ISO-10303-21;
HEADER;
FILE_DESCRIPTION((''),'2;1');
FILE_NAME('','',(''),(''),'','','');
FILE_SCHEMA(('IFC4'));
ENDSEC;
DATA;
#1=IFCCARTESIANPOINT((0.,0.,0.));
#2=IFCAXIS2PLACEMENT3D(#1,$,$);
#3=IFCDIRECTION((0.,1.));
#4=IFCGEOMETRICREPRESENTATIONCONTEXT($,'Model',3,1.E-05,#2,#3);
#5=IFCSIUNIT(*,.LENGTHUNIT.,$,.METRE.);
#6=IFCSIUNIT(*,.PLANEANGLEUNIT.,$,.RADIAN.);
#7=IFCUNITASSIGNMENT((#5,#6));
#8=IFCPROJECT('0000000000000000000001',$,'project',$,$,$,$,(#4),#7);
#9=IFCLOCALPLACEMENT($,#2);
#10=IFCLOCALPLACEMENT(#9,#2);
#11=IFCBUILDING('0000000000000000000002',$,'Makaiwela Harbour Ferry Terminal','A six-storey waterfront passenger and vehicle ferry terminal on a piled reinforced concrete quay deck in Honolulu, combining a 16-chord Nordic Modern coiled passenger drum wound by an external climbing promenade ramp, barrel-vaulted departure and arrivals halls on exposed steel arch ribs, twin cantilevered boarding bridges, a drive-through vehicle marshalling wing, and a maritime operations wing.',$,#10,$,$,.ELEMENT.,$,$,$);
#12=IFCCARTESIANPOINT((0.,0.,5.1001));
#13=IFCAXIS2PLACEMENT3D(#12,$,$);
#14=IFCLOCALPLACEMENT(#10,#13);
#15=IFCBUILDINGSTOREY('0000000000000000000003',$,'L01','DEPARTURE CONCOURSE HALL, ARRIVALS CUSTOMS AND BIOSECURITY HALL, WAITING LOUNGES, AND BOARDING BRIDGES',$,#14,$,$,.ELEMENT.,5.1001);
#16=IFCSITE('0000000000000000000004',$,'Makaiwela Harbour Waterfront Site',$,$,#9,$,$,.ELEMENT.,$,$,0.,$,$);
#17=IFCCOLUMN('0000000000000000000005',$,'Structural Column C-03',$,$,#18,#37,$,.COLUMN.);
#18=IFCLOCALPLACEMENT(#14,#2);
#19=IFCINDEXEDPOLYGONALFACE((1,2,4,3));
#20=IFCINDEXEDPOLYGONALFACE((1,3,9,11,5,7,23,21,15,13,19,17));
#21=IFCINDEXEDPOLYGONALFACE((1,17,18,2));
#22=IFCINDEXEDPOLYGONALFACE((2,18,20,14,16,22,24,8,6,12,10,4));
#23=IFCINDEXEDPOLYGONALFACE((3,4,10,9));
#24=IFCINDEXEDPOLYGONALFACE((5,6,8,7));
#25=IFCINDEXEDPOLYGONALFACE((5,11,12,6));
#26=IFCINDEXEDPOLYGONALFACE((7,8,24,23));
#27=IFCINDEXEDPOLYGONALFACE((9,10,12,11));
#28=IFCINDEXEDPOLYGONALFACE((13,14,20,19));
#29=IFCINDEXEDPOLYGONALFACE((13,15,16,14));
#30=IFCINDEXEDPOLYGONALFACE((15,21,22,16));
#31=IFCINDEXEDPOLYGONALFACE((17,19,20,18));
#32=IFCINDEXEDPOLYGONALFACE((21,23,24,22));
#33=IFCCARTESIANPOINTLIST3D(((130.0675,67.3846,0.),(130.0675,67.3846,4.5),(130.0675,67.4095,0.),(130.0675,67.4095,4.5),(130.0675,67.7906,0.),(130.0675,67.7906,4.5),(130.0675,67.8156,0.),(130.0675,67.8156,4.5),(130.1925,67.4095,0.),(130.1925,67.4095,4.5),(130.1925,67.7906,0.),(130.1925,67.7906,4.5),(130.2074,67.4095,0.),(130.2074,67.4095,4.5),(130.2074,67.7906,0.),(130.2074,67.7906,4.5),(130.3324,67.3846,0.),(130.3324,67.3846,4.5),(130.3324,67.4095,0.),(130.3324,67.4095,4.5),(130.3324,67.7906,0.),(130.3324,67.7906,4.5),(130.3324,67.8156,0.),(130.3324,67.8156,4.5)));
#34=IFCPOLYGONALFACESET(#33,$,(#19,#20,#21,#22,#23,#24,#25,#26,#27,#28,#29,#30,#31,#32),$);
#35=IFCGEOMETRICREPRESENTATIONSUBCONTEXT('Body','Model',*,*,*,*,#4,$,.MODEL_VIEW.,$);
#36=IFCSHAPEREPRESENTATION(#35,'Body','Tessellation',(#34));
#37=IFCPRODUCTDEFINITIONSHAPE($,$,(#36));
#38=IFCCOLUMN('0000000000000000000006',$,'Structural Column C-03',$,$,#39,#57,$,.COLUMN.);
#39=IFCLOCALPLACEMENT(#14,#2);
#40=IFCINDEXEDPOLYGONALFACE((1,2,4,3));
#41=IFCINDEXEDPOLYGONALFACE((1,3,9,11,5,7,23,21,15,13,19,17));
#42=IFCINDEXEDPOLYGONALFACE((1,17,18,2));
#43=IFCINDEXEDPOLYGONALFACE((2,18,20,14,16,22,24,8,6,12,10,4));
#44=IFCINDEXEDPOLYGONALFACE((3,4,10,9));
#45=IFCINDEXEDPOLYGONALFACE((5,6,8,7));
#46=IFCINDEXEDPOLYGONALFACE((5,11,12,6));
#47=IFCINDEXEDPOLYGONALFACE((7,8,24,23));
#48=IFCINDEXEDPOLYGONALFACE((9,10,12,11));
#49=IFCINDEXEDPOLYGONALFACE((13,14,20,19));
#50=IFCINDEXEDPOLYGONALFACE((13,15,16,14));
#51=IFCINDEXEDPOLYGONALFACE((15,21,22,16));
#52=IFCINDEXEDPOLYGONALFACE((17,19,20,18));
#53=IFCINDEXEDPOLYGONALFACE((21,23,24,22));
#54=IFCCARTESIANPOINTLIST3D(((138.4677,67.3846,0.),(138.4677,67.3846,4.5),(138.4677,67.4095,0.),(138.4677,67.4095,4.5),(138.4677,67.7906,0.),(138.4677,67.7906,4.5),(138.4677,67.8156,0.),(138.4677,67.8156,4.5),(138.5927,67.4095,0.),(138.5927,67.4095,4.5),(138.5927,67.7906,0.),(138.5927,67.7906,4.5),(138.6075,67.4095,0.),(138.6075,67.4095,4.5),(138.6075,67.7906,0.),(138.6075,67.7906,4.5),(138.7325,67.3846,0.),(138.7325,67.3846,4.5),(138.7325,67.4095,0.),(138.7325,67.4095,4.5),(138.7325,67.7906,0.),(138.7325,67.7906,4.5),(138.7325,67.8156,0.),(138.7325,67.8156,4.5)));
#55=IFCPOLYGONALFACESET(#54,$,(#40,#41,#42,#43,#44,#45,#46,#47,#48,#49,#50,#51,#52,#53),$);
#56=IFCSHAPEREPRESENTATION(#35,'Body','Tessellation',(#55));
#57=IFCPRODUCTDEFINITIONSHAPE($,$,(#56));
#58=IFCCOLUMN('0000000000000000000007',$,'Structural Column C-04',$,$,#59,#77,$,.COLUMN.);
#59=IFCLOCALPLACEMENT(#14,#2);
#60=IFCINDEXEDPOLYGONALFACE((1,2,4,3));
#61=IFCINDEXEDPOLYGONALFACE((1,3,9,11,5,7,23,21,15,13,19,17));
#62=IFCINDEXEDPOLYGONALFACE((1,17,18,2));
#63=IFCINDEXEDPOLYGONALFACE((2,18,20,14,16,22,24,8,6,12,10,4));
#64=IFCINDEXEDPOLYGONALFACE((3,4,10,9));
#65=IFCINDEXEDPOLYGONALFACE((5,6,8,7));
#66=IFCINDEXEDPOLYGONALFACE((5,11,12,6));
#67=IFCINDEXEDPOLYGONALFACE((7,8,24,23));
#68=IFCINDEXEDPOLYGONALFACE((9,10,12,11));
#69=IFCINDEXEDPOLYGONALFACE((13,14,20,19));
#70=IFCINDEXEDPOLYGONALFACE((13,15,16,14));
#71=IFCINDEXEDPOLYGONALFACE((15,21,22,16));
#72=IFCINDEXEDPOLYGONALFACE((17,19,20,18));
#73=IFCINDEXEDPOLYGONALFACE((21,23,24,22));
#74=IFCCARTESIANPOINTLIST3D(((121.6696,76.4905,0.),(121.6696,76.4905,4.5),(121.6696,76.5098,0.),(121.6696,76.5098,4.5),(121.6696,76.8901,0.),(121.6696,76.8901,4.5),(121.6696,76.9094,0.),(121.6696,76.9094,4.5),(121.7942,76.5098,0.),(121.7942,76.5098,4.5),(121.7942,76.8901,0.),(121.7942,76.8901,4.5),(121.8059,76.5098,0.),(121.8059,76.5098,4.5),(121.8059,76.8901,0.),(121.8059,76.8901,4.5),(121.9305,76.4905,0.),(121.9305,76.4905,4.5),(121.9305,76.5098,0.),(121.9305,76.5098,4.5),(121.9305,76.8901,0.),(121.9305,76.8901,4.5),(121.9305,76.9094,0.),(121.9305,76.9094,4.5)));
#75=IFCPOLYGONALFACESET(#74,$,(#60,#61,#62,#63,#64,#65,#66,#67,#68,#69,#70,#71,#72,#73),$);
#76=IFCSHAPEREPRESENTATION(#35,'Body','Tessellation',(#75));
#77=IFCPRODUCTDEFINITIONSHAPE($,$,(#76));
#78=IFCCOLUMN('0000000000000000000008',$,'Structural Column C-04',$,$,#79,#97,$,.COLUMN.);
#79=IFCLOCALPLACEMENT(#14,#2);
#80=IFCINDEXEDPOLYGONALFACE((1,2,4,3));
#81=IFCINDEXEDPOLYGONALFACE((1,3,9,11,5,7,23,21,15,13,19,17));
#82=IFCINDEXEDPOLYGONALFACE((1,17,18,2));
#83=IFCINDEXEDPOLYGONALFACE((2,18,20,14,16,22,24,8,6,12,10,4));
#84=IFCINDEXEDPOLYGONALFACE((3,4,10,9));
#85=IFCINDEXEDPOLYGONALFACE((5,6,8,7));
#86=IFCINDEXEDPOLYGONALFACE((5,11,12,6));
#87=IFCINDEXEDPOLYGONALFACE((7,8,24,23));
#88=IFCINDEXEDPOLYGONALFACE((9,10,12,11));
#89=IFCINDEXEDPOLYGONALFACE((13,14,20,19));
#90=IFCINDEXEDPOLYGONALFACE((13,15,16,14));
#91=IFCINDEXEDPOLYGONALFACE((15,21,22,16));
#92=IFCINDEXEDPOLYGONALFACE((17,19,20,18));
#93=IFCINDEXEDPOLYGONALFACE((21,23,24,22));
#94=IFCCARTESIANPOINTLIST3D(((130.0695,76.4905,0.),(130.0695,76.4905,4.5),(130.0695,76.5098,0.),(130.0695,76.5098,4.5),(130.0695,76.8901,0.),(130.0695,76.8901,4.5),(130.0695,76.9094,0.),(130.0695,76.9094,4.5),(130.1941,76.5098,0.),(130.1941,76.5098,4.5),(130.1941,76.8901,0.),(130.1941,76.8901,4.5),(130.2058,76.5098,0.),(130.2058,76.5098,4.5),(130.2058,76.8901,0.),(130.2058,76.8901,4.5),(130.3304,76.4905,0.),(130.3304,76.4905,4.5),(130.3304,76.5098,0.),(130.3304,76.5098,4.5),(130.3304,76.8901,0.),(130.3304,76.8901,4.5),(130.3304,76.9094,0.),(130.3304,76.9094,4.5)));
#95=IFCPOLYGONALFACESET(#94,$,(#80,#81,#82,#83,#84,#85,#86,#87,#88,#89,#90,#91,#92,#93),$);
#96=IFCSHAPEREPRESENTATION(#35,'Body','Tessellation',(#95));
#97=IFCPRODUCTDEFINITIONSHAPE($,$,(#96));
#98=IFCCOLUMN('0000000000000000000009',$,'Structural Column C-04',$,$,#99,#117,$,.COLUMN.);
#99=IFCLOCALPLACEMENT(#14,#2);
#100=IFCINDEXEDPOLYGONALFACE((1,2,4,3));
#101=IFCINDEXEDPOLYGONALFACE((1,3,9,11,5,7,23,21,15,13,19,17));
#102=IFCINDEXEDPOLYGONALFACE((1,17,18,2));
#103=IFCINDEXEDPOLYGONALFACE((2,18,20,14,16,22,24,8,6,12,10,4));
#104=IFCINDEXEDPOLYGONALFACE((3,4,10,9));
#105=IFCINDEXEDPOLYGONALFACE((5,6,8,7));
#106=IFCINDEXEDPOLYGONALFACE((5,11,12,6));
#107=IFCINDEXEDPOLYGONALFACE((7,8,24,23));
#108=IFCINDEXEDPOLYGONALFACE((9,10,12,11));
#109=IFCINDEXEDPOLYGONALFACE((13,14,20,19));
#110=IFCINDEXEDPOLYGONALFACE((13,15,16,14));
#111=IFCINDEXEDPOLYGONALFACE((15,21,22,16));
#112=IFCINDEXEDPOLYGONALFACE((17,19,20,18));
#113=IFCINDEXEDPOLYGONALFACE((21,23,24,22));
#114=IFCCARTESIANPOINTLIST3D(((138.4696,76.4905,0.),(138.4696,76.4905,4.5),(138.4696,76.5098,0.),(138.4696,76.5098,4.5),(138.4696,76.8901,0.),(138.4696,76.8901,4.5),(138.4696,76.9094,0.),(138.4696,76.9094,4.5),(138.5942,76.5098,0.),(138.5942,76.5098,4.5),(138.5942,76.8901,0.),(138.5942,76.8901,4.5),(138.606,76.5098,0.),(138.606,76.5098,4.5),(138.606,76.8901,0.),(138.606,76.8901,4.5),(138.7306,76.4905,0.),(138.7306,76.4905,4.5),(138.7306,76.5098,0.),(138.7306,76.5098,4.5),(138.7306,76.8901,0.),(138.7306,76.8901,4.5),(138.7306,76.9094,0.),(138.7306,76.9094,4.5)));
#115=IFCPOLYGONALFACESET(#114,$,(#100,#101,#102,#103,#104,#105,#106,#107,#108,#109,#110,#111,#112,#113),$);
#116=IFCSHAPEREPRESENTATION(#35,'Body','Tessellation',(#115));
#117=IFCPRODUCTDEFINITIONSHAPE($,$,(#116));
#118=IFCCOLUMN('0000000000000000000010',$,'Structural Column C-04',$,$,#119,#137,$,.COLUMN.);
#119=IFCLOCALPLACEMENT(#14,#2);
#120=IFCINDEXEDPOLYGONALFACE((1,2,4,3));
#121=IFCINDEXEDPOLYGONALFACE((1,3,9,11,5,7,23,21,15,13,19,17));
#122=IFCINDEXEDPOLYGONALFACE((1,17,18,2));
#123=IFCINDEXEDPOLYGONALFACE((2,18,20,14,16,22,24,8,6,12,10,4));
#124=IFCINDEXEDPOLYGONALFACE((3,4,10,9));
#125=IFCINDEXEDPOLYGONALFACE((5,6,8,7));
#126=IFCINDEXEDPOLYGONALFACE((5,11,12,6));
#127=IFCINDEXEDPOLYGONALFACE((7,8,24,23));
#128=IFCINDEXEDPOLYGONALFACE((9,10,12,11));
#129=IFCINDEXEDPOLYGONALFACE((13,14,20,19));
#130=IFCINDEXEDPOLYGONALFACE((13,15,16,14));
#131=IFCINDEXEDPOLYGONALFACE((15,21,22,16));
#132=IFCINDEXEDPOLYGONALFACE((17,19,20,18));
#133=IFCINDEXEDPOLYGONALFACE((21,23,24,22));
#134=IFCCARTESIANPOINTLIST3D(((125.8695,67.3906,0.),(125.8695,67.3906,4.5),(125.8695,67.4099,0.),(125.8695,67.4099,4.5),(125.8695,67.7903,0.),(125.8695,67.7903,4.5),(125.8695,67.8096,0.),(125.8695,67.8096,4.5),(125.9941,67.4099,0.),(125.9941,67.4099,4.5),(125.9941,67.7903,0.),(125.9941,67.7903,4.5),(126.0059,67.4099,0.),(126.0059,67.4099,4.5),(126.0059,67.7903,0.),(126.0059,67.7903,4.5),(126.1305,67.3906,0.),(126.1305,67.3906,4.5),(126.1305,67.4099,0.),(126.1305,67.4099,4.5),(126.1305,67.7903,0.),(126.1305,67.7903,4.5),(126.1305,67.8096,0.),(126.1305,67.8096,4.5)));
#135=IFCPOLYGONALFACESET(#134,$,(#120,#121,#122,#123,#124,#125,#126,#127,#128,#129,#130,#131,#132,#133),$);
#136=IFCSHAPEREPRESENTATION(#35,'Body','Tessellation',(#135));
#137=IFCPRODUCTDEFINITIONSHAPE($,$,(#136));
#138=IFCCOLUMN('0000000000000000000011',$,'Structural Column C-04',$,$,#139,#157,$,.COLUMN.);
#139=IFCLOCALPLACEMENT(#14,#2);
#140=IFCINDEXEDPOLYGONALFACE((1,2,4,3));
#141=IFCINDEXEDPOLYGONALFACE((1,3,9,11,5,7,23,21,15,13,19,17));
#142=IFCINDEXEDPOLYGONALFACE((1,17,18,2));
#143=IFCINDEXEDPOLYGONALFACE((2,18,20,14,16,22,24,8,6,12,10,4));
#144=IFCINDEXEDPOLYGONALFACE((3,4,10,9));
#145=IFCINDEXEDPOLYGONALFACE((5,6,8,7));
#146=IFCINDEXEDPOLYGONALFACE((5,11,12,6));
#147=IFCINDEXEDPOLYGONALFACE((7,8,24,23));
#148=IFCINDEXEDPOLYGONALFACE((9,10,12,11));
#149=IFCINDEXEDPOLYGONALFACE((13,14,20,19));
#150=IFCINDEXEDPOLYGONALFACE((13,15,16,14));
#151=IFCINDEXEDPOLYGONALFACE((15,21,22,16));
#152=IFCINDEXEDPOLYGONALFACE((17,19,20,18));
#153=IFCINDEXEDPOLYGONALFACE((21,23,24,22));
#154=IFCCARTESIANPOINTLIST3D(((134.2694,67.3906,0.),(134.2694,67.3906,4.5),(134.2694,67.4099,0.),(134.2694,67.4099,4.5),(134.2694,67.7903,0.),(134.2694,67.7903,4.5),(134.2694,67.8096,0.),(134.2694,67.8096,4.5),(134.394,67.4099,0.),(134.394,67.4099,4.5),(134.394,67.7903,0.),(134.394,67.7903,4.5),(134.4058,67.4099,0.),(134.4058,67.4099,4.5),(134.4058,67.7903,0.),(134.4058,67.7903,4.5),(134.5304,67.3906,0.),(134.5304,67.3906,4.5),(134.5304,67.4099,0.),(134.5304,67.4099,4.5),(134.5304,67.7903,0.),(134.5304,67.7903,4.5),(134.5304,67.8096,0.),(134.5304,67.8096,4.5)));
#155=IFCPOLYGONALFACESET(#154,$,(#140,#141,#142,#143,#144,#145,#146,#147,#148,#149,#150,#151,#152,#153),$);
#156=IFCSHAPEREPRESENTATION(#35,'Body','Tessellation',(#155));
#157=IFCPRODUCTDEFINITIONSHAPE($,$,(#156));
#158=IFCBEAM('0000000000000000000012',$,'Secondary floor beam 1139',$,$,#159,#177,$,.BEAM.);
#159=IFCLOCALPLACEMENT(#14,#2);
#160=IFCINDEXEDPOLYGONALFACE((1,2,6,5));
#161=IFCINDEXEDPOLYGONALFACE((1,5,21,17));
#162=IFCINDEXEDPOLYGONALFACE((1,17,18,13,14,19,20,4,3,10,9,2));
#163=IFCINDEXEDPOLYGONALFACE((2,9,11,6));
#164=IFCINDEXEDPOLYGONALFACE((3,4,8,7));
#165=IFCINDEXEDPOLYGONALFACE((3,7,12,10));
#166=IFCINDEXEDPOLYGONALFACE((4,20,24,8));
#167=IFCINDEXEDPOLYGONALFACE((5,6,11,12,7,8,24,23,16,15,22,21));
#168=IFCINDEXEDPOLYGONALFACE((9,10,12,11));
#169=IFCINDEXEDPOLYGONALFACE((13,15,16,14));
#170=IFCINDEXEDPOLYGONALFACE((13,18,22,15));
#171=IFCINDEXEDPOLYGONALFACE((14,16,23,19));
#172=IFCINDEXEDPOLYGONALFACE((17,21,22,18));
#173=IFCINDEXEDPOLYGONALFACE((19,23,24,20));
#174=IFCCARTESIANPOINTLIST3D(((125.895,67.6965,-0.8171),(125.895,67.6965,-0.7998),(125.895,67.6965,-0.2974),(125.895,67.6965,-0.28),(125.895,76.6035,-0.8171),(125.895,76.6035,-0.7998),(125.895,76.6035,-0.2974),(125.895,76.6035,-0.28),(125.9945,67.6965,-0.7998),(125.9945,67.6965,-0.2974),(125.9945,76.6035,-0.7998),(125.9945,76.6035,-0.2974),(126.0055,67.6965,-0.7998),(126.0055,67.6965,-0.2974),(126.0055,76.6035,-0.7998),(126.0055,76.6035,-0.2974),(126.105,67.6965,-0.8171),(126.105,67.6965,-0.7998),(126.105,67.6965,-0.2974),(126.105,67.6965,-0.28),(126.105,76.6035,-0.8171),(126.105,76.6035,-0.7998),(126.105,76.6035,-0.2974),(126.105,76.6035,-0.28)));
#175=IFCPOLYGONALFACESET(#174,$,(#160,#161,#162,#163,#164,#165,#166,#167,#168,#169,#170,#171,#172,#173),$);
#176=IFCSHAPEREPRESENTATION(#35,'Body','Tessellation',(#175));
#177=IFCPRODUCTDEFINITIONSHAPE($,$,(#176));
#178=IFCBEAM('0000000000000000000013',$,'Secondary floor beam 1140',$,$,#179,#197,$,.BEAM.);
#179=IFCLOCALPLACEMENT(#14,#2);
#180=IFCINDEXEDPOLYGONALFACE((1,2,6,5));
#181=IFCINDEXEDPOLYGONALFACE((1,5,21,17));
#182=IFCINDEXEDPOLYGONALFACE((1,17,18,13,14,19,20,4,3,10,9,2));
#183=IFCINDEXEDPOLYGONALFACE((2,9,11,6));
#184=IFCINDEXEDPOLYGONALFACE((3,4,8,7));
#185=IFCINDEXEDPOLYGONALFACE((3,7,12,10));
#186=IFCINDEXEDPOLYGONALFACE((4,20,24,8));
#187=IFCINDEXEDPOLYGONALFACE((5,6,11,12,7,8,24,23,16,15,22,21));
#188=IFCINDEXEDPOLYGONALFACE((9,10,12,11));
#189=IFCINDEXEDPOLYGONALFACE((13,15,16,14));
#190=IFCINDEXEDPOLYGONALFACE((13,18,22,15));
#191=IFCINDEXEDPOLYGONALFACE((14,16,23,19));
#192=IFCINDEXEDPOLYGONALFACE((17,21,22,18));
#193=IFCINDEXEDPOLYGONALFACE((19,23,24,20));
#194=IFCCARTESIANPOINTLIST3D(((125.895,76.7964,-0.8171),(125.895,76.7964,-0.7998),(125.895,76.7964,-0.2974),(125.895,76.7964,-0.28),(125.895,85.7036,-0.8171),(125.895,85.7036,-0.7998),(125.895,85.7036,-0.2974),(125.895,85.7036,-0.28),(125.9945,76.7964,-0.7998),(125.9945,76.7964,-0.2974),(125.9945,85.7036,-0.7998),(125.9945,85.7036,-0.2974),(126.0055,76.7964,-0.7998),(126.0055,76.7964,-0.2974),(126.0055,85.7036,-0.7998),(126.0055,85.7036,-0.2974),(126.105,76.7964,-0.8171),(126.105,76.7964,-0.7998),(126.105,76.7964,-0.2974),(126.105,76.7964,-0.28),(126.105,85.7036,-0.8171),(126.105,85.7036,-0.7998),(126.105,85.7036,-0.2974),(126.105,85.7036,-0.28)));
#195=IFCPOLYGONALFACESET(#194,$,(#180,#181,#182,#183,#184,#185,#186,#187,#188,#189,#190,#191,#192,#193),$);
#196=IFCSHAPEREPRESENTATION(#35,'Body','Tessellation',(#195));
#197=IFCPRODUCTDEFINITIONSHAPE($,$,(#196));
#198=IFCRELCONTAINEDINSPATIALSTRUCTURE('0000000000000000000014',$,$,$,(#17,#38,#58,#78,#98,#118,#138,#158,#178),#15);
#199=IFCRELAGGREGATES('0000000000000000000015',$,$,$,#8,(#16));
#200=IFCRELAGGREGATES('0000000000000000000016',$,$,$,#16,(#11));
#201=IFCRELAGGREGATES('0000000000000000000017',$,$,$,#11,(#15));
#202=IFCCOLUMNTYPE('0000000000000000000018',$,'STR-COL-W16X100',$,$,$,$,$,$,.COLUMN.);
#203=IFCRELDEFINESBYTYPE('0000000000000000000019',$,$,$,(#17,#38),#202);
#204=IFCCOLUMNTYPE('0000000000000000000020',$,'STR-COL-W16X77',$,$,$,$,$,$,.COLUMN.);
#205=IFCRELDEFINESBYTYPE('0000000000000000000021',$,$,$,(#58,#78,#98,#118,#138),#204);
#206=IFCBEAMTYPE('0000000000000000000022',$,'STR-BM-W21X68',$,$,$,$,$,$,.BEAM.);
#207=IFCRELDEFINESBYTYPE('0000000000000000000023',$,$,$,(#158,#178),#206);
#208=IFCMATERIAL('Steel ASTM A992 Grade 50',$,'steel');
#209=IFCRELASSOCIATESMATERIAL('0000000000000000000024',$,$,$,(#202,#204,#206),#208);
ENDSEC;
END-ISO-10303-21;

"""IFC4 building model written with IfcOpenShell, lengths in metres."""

from ifc_helpers import new_model, si_unit, direction, frame, origin, origin_2d, place, context, subcontext, project, spatial, i_section, extrude, material, material_profile, profile_set, type_object, element, save


model = new_model("IFC4")

# Units and contexts
model_context = context("Model", 3, precision=1e-05, world=origin(), true_north=direction((0.0, 1.0)))
body_context = subcontext(model_context, "Body", "Model", "MODEL_VIEW")
ifc_project = project(units=[si_unit("LENGTHUNIT", "METRE"), si_unit("PLANEANGLEUNIT", "RADIAN")], contexts=[model_context])

# Site, building, storey
site_placement = place(None, origin())
site = spatial("IfcSite", under=ifc_project, at=site_placement, Name="Makaiwela Harbour Waterfront Site", CompositionType="ELEMENT", RefElevation=0.0)
building_placement = place(site_placement, origin())
building = spatial("IfcBuilding", under=site, at=building_placement, Name="Makaiwela Harbour Ferry Terminal", Description="A six-storey waterfront passenger and vehicle ferry terminal on a piled reinforced concrete quay deck in Honolulu, combining a 16-chord Nordic Modern coiled passenger drum wound by an external climbing promenade ramp, barrel-vaulted departure and arrivals halls on exposed steel arch ribs, twin cantilevered boarding bridges, a drive-through vehicle marshalling wing, and a maritime operations wing.", CompositionType="ELEMENT")
storey_placement = place(building_placement, frame((0.0, 0.0, 5.1001)))
storey = spatial("IfcBuildingStorey", under=building, at=storey_placement, Name="L01", Description="DEPARTURE CONCOURSE HALL, ARRIVALS CUSTOMS AND BIOSECURITY HALL, WAITING LOUNGES, AND BOARDING BRIDGES", CompositionType="ELEMENT", Elevation=5.1001)

# Columns
ifc_material_1 = material(Name="Steel ASTM A992 Grade 50", Category="steel")
ifc_material_profile_1 = material_profile(ifc_material_1, i_section(OverallWidth=0.2649, OverallDepth=0.4309, WebThickness=0.0149, FlangeThickness=0.0249, at=origin_2d()), Name="W16X100")
ifc_profile_set_1 = profile_set([ifc_material_profile_1], Name="Steel ASTM A992 Grade 50")
column_type_1 = type_object("IfcColumnType", Name="STR-COL-W16X100", PredefinedType="COLUMN", material=ifc_profile_set_1)
for number, where, z_axis, x_axis, name in (
    (1, (130.2, 67.6001, 0.0), (0.0, 0.0, 1.0), (1.0, 0.0, 0.0), "Structural Column C-03"),
    (2, (138.6001, 67.6001, 0.0), (0.0, 0.0, 1.0), (1.0, 0.0, 0.0), "Structural Column C-03"),
):
    element("IfcColumn", number, at=place(storey_placement, frame(where, z_axis=z_axis, x_axis=x_axis)), inside=storey, type_object=column_type_1, Name=name, PredefinedType="COLUMN", context=body_context, shape_type="SweptSolid", body=[
        extrude(i_section(OverallWidth=0.2649, OverallDepth=0.4309, WebThickness=0.0149, FlangeThickness=0.0249, at=origin_2d()), origin(), (0.0, 0.0, 1.0), 4.5),
    ])
ifc_material_profile_2 = material_profile(ifc_material_1, i_section(OverallWidth=0.261, OverallDepth=0.4189, WebThickness=0.0117, FlangeThickness=0.0193, at=origin_2d()), Name="W16X77")
ifc_profile_set_2 = profile_set([ifc_material_profile_2], Name="Steel ASTM A992 Grade 50")
column_type_2 = type_object("IfcColumnType", Name="STR-COL-W16X77", PredefinedType="COLUMN", material=ifc_profile_set_2)
for number, where, z_axis, x_axis, name in (
    (3, (121.8, 76.7, 0.0), (0.0, 0.0, 1.0), (1.0, 0.0, 0.0), "Structural Column C-04"),
    (4, (130.2, 76.7, 0.0), (0.0, 0.0, 1.0), (1.0, 0.0, 0.0), "Structural Column C-04"),
    (5, (138.6001, 76.7, 0.0), (0.0, 0.0, 1.0), (1.0, 0.0, 0.0), "Structural Column C-04"),
    (6, (126.0, 67.6001, 0.0), (0.0, 0.0, 1.0), (1.0, 0.0, 0.0), "Structural Column C-04"),
    (7, (134.3999, 67.6001, 0.0), (0.0, 0.0, 1.0), (1.0, 0.0, 0.0), "Structural Column C-04"),
):
    element("IfcColumn", number, at=place(storey_placement, frame(where, z_axis=z_axis, x_axis=x_axis)), inside=storey, type_object=column_type_2, Name=name, PredefinedType="COLUMN", context=body_context, shape_type="SweptSolid", body=[
        extrude(i_section(OverallWidth=0.261, OverallDepth=0.4189, WebThickness=0.0117, FlangeThickness=0.0193, at=origin_2d()), origin(), (0.0, 0.0, 1.0), 4.5),
    ])

# Beams
ifc_material_profile_3 = material_profile(ifc_material_1, i_section(OverallWidth=0.21, OverallDepth=0.5371, WebThickness=0.011, FlangeThickness=0.0173, at=origin_2d()), Name="W21X68")
ifc_profile_set_3 = profile_set([ifc_material_profile_3], Name="Steel ASTM A992 Grade 50")
beam_type_1 = type_object("IfcBeamType", Name="STR-BM-W21X68", PredefinedType="BEAM", material=ifc_profile_set_3)
beam_1_placement = place(storey_placement, frame((126.0, 67.6965, -0.5486), z_axis=(0.0, 1.0, 0.0), x_axis=(-1.0, 0.0, 0.0)))
element("IfcBeam", 8, at=beam_1_placement, inside=storey, type_object=beam_type_1, Name="Secondary floor beam 1139", PredefinedType="BEAM", context=body_context, shape_type="SweptSolid", body=[
    extrude(i_section(OverallWidth=0.21, OverallDepth=0.5371, WebThickness=0.011, FlangeThickness=0.0173, at=origin_2d()), origin(), (0.0, 0.0, 1.0), 8.907),
])
beam_2_placement = place(storey_placement, frame((126.0, 76.7964, -0.5486), z_axis=(0.0, 1.0, 0.0), x_axis=(-1.0, 0.0, 0.0)))
element("IfcBeam", 9, at=beam_2_placement, inside=storey, type_object=beam_type_1, Name="Secondary floor beam 1140", PredefinedType="BEAM", context=body_context, shape_type="SweptSolid", body=[
    extrude(i_section(OverallWidth=0.21, OverallDepth=0.5371, WebThickness=0.011, FlangeThickness=0.0173, at=origin_2d()), origin(), (0.0, 0.0, 1.0), 8.9072),
])

save(model, "model.ifc")
